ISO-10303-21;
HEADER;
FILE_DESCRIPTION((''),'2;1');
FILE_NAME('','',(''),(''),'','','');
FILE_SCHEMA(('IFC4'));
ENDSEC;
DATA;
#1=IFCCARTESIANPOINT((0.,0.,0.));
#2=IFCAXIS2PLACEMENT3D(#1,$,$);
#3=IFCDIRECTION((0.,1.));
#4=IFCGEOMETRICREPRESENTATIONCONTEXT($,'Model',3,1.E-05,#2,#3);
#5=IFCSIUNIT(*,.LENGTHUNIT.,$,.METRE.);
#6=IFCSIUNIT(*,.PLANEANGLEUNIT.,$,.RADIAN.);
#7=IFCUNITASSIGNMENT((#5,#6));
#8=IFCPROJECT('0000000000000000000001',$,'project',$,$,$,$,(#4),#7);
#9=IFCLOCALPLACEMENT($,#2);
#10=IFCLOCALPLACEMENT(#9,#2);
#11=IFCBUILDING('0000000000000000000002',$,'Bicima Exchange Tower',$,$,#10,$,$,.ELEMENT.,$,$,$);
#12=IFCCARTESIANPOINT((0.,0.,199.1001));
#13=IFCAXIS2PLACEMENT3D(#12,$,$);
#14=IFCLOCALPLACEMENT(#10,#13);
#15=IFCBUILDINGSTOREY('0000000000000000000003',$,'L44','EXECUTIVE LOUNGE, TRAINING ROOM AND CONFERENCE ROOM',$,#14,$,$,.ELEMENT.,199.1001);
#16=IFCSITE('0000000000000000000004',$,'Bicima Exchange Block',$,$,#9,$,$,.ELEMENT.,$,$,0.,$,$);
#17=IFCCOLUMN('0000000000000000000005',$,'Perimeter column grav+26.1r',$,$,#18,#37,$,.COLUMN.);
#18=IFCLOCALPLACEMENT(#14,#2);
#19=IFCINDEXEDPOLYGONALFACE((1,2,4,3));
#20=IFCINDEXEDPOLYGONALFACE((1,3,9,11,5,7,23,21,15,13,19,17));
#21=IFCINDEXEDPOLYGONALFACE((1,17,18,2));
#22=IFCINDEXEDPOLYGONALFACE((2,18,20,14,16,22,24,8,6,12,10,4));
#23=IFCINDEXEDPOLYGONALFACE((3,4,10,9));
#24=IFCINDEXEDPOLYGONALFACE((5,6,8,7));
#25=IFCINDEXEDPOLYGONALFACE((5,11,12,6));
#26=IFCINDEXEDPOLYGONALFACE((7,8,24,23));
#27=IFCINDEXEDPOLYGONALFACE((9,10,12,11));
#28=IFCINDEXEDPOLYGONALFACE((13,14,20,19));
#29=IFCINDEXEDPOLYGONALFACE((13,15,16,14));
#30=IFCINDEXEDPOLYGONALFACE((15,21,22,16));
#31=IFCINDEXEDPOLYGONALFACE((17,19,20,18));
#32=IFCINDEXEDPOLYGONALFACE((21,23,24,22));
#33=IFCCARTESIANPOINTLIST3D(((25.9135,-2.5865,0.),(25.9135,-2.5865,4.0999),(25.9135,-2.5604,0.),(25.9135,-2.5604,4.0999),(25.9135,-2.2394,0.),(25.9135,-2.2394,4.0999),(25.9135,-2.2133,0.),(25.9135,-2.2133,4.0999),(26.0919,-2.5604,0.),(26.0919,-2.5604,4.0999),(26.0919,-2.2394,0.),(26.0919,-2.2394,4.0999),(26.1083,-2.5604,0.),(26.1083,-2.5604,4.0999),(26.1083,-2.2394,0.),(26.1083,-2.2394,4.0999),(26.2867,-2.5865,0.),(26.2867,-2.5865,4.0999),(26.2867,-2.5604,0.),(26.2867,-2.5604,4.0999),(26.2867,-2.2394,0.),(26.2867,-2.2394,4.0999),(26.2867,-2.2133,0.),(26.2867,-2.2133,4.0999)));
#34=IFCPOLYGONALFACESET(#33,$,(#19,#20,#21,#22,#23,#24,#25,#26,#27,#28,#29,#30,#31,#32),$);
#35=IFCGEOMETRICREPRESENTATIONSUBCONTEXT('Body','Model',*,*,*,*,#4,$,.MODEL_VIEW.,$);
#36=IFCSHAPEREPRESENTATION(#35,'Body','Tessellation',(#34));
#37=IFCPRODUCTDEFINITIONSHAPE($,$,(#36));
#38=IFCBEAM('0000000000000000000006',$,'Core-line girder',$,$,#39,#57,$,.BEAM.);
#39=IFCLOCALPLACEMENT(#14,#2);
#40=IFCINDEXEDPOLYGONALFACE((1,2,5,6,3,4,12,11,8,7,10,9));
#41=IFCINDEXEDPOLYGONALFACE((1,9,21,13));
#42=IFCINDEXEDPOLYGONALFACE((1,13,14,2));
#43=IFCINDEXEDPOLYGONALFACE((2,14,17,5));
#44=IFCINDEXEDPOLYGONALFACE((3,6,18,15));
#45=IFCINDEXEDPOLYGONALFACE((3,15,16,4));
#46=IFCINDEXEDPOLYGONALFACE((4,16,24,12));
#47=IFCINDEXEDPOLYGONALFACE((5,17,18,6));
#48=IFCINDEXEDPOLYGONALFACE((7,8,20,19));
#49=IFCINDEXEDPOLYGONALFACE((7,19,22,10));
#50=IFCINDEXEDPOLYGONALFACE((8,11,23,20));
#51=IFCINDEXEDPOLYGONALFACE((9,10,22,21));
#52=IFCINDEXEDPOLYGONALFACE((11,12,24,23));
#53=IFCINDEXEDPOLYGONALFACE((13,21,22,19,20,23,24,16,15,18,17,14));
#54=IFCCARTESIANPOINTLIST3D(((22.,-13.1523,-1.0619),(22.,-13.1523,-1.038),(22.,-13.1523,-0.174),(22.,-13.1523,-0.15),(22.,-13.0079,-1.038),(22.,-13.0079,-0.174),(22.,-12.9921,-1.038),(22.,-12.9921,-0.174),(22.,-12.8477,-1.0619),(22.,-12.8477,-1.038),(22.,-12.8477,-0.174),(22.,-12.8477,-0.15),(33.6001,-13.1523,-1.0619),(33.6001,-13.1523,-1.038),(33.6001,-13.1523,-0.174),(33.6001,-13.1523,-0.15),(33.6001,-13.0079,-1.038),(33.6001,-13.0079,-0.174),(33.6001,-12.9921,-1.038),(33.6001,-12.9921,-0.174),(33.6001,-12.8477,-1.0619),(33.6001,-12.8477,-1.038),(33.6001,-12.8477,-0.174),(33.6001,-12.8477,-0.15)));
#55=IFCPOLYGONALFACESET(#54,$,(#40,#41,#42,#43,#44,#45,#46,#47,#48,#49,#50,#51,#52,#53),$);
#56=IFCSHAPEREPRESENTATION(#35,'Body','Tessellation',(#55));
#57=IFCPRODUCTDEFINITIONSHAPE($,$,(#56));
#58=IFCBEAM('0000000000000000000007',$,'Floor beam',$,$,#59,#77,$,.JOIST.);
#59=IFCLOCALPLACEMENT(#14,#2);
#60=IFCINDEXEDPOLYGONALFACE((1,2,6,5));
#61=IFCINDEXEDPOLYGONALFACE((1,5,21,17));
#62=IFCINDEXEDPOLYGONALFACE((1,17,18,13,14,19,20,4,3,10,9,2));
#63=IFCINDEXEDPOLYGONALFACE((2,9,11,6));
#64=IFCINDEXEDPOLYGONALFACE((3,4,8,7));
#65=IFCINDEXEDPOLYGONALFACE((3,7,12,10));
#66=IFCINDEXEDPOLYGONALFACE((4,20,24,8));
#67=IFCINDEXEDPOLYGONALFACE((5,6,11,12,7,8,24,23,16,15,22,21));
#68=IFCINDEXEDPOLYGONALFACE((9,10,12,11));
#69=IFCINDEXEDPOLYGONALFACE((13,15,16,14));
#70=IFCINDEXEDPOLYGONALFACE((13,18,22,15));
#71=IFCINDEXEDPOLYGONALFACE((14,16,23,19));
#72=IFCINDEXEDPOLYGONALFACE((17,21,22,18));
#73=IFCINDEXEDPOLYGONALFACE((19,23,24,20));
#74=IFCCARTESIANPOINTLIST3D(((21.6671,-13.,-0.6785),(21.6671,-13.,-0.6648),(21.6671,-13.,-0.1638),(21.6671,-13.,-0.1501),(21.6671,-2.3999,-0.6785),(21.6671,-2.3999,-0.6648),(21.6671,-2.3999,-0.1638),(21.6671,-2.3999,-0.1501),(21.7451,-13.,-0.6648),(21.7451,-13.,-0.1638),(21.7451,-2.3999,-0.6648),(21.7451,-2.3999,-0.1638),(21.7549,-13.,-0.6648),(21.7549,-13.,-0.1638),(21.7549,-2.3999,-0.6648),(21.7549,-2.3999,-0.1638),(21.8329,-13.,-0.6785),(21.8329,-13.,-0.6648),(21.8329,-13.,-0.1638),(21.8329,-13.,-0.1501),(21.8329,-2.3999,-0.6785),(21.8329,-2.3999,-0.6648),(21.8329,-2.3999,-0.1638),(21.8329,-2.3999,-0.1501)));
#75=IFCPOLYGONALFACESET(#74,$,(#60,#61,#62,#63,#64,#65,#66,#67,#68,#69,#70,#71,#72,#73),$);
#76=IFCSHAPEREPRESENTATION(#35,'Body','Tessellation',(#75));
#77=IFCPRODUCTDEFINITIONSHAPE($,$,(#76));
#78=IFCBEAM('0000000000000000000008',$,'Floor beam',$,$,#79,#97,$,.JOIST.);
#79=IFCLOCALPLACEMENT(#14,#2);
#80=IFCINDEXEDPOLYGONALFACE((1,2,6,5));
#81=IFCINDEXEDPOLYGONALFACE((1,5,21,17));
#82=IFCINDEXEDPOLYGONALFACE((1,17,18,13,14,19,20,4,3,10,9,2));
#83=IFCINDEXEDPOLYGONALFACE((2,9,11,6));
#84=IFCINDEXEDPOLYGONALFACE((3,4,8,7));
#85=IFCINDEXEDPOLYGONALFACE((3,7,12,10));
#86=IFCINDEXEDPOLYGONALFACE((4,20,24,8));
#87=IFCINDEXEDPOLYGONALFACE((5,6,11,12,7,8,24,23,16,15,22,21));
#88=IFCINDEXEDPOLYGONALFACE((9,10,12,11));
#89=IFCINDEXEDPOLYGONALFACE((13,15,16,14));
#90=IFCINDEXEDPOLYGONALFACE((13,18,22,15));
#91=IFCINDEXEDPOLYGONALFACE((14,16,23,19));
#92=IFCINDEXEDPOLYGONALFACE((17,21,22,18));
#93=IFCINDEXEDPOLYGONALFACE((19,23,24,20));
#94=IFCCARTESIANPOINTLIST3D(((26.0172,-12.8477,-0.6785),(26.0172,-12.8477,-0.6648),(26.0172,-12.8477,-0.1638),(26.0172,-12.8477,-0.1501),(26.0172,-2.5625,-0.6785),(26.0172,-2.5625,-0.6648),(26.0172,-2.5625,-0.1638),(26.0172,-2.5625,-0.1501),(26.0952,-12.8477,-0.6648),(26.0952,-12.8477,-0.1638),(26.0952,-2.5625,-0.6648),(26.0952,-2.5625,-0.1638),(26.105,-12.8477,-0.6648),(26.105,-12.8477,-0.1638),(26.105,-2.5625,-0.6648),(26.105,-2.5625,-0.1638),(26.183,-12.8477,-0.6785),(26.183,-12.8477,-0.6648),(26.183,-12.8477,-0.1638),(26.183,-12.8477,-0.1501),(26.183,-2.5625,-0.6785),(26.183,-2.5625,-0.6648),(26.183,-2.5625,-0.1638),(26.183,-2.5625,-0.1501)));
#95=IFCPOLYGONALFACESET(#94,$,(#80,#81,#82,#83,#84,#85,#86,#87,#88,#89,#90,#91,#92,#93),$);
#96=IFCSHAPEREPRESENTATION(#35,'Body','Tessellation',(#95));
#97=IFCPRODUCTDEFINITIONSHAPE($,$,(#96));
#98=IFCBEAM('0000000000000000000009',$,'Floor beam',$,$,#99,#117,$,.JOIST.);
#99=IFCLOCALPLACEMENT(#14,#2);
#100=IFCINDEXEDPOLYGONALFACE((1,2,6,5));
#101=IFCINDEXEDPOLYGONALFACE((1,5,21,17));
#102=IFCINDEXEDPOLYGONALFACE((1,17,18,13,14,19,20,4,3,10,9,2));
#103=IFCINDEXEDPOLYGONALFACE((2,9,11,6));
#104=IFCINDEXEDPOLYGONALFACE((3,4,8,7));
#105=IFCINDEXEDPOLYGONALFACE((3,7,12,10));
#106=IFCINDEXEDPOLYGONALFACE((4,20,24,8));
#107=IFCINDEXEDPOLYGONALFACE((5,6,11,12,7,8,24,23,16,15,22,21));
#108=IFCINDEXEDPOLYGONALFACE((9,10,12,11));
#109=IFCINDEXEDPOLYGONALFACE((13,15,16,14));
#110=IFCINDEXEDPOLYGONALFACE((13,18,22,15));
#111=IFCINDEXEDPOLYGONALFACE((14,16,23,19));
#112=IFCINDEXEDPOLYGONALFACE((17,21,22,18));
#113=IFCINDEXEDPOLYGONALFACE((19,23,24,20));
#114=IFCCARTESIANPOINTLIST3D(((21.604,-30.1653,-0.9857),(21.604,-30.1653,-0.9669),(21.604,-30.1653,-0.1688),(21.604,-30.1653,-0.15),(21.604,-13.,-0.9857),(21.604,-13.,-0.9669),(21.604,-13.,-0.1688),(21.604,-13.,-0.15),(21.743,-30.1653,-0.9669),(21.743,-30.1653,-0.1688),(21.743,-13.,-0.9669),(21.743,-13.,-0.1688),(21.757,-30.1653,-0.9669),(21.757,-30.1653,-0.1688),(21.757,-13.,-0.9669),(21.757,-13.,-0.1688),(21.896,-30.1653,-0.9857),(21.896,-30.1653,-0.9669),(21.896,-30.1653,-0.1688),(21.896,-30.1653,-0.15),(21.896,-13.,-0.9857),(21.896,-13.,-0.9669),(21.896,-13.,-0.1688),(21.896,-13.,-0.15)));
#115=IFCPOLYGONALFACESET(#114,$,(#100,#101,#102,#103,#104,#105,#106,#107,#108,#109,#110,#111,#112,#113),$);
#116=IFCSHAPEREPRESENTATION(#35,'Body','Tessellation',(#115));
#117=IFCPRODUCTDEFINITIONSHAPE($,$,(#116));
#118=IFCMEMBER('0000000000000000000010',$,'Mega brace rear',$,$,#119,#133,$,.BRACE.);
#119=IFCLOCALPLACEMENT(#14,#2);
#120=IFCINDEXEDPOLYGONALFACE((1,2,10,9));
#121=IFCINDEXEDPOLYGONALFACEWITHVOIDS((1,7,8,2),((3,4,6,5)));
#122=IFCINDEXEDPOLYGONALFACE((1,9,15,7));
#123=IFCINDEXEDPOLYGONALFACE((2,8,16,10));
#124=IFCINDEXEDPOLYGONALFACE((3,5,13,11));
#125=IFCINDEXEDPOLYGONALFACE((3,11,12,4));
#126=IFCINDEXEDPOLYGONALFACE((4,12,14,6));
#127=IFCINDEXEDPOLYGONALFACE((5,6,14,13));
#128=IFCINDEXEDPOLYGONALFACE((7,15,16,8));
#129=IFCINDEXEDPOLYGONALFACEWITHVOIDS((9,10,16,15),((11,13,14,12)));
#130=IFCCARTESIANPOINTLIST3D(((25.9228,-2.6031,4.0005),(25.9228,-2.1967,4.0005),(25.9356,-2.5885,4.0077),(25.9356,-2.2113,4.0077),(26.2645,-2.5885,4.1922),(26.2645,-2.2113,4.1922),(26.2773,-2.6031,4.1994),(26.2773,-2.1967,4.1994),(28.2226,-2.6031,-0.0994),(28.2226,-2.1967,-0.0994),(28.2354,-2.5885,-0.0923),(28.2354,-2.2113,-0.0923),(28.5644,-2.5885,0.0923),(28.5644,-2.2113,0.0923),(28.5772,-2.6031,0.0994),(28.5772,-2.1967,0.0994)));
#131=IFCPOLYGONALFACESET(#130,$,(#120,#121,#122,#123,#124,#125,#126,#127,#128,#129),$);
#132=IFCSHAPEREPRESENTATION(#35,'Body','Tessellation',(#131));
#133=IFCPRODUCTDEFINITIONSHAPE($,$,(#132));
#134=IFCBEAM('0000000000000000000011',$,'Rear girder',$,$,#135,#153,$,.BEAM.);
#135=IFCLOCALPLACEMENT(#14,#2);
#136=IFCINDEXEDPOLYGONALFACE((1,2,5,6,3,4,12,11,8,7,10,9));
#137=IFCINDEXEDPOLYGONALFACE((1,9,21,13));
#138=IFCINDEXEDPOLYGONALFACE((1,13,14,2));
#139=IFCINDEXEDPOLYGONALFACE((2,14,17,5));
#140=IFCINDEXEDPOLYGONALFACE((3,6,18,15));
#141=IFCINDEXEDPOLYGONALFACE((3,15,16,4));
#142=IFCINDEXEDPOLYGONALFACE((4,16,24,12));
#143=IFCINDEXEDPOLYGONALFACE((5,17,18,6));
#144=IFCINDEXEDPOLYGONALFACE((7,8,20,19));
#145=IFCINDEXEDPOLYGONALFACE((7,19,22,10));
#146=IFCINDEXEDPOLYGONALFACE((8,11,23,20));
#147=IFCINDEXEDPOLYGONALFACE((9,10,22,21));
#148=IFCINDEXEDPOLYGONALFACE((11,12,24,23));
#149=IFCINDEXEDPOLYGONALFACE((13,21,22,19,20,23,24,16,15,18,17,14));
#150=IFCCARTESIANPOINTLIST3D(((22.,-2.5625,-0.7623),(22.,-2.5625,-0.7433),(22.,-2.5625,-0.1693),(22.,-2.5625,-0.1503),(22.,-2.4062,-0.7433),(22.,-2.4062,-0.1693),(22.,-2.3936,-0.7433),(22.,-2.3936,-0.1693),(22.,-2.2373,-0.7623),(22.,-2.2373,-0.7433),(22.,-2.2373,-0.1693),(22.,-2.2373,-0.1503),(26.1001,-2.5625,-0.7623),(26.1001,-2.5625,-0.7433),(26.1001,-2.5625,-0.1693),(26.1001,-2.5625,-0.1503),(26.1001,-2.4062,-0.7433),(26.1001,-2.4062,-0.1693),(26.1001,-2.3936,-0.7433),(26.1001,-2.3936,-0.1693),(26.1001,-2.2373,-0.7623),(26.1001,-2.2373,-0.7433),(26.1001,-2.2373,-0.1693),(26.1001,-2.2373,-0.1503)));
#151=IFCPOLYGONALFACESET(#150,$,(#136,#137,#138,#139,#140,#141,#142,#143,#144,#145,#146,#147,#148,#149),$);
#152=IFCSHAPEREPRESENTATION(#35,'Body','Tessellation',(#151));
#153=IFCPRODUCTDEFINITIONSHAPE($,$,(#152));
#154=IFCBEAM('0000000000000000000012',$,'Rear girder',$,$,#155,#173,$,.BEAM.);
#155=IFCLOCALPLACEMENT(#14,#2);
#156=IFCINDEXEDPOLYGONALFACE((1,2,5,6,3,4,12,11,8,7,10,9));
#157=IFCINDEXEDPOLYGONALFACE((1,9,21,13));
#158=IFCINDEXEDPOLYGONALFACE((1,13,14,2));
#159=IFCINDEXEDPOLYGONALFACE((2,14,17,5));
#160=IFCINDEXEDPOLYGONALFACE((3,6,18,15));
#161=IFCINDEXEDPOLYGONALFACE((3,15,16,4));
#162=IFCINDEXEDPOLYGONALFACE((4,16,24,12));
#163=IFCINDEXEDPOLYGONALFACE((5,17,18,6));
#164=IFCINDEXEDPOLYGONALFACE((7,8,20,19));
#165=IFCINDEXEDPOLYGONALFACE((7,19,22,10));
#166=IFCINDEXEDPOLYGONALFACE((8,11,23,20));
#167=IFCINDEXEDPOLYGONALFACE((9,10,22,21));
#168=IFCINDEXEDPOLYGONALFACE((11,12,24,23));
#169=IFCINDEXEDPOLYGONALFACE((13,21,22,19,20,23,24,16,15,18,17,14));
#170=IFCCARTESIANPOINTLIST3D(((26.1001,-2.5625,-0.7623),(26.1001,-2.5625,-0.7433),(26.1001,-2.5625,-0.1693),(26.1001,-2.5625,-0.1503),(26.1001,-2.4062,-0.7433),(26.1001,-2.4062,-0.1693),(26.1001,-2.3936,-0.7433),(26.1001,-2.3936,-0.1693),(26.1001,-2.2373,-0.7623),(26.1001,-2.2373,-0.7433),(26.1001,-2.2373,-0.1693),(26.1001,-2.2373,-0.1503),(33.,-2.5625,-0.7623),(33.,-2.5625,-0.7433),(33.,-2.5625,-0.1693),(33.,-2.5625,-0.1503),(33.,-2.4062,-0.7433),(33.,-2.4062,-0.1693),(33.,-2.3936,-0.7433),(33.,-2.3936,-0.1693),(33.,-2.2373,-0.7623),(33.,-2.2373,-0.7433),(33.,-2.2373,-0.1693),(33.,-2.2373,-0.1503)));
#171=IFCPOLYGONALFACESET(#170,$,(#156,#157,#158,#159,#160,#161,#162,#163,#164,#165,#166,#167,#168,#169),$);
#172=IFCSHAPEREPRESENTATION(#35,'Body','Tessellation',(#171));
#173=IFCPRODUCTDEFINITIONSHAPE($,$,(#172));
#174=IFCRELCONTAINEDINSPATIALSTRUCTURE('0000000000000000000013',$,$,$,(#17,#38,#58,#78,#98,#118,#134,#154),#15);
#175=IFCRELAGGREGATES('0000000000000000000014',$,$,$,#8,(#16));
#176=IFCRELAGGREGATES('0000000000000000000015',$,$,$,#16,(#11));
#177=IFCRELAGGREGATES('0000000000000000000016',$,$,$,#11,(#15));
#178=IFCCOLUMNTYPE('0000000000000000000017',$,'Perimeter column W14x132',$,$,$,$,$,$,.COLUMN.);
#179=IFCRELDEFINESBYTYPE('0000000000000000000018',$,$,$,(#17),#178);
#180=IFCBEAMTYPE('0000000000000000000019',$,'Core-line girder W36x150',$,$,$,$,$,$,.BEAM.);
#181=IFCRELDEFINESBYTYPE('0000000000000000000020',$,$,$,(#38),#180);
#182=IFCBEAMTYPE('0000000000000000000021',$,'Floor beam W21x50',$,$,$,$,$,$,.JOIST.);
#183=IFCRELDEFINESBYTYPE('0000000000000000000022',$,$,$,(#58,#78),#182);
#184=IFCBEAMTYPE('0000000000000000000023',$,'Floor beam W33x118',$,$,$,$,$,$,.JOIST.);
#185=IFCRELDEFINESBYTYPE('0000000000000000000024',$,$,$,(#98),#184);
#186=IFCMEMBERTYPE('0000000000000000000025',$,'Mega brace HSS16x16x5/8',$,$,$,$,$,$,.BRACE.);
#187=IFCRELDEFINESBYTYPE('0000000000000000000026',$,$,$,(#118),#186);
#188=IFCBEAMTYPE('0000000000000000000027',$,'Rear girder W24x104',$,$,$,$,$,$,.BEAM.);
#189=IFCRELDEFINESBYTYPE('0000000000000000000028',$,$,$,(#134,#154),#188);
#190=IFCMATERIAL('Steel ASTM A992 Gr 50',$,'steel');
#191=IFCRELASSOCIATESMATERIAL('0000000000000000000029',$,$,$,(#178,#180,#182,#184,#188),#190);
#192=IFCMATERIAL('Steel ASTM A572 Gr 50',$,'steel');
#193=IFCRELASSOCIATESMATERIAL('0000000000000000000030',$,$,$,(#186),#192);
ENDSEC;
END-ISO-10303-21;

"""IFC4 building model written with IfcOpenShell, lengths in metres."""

from ifc_helpers import new_model, si_unit, direction, frame, origin, origin_2d, place, context, subcontext, project, spatial, hollow_rectangle, i_section, extrude, material, material_profile, profile_set, type_object, element, save


model = new_model("IFC4")

# Units and contexts
model_context = context("Model", 3, precision=1e-05, world=origin(), true_north=direction((0.0, 1.0)))
body_context = subcontext(model_context, "Body", "Model", "MODEL_VIEW")
ifc_project = project(units=[si_unit("LENGTHUNIT", "METRE"), si_unit("PLANEANGLEUNIT", "RADIAN")], contexts=[model_context])

# Site, building, storey
site_placement = place(None, origin())
site = spatial("IfcSite", under=ifc_project, at=site_placement, Name="Bicima Exchange Block", CompositionType="ELEMENT", RefElevation=0.0)
building_placement = place(site_placement, origin())
building = spatial("IfcBuilding", under=site, at=building_placement, Name="Bicima Exchange Tower", CompositionType="ELEMENT")
storey_placement = place(building_placement, frame((0.0, 0.0, 199.1001)))
storey = spatial("IfcBuildingStorey", under=building, at=storey_placement, Name="L44", Description="EXECUTIVE LOUNGE, TRAINING ROOM AND CONFERENCE ROOM", CompositionType="ELEMENT", Elevation=199.1001)

# Column
ifc_material_1 = material(Name="Steel ASTM A992 Gr 50", Category="steel")
ifc_material_profile_1 = material_profile(ifc_material_1, i_section(OverallWidth=0.3733, OverallDepth=0.3733, WebThickness=0.0164, FlangeThickness=0.0261, at=origin_2d()))
ifc_profile_set_1 = profile_set([ifc_material_profile_1], Name="Steel ASTM A992 Gr 50")
column_type = type_object("IfcColumnType", Name="Perimeter column W14x132", PredefinedType="COLUMN", material=ifc_profile_set_1)
column_placement = place(storey_placement, frame((26.1001, -2.3999, 0.0), z_axis=(0.0, 0.0, 1.0), x_axis=(1.0, 0.0, 0.0)))
element("IfcColumn", 1, at=column_placement, inside=storey, type_object=column_type, Name="Perimeter column grav+26.1r", PredefinedType="COLUMN", context=body_context, shape_type="SweptSolid", body=[
    extrude(i_section(OverallWidth=0.3733, OverallDepth=0.3733, WebThickness=0.0164, FlangeThickness=0.0261, at=origin_2d()), origin(), (0.0, 0.0, 1.0), 4.0999),
])

# Beams
ifc_material_profile_2 = material_profile(ifc_material_1, i_section(OverallWidth=0.3047, OverallDepth=0.9119, WebThickness=0.0159, FlangeThickness=0.0239, at=origin_2d()))
ifc_profile_set_2 = profile_set([ifc_material_profile_2], Name="Steel ASTM A992 Gr 50")
beam_type_1 = type_object("IfcBeamType", Name="Core-line girder W36x150", PredefinedType="BEAM", material=ifc_profile_set_2)
beam_1_placement = place(storey_placement, frame((22.0, -13.0, -0.606), z_axis=(1.0, 0.0, 0.0), x_axis=(0.0, 1.0, 0.0)))
element("IfcBeam", 2, at=beam_1_placement, inside=storey, type_object=beam_type_1, Name="Core-line girder", PredefinedType="BEAM", context=body_context, shape_type="SweptSolid", body=[
    extrude(i_section(OverallWidth=0.3047, OverallDepth=0.9119, WebThickness=0.0159, FlangeThickness=0.0239, at=origin_2d()), origin(), (0.0, 0.0, 1.0), 11.6001),
])
ifc_material_profile_3 = material_profile(ifc_material_1, i_section(OverallWidth=0.1658, OverallDepth=0.5283, WebThickness=0.0098, FlangeThickness=0.0137, at=origin_2d()))
ifc_profile_set_3 = profile_set([ifc_material_profile_3], Name="Steel ASTM A992 Gr 50")
beam_type_2 = type_object("IfcBeamType", Name="Floor beam W21x50", PredefinedType="JOIST", material=ifc_profile_set_3)
beam_2_placement = place(storey_placement, frame((21.75, -2.3999, -0.4143), z_axis=(0.0, -1.0, 0.0), x_axis=(1.0, 0.0, 0.0)))
element("IfcBeam", 3, at=beam_2_placement, inside=storey, type_object=beam_type_2, Name="Floor beam", PredefinedType="JOIST", context=body_context, shape_type="SweptSolid", body=[
    extrude(i_section(OverallWidth=0.1658, OverallDepth=0.5283, WebThickness=0.0098, FlangeThickness=0.0137, at=origin_2d()), origin(), (0.0, 0.0, 1.0), 10.6001),
])
beam_3_placement = place(storey_placement, frame((26.1001, -2.5625, -0.4143), z_axis=(0.0, -1.0, 0.0), x_axis=(1.0, 0.0, 0.0)))
element("IfcBeam", 4, at=beam_3_placement, inside=storey, type_object=beam_type_2, Name="Floor beam", PredefinedType="JOIST", context=body_context, shape_type="SweptSolid", body=[
    extrude(i_section(OverallWidth=0.1658, OverallDepth=0.5283, WebThickness=0.0098, FlangeThickness=0.0137, at=origin_2d()), origin(), (0.0, 0.0, 1.0), 10.2852),
])
ifc_material_profile_4 = material_profile(ifc_material_1, i_section(OverallWidth=0.292, OverallDepth=0.8357, WebThickness=0.0139, FlangeThickness=0.0188, at=origin_2d()))
ifc_profile_set_4 = profile_set([ifc_material_profile_4], Name="Steel ASTM A992 Gr 50")
beam_type_3 = type_object("IfcBeamType", Name="Floor beam W33x118", PredefinedType="JOIST", material=ifc_profile_set_4)
beam_4_placement = place(storey_placement, frame((21.75, -13.0, -0.5679), z_axis=(0.0, -1.0, 0.0), x_axis=(1.0, 0.0, 0.0)))
element("IfcBeam", 5, at=beam_4_placement, inside=storey, type_object=beam_type_3, Name="Floor beam", PredefinedType="JOIST", context=body_context, shape_type="SweptSolid", body=[
    extrude(i_section(OverallWidth=0.292, OverallDepth=0.8357, WebThickness=0.0139, FlangeThickness=0.0188, at=origin_2d()), origin(), (0.0, 0.0, 1.0), 17.1653),
])

# Member
ifc_material_2 = material(Name="Steel ASTM A572 Gr 50", Category="steel")
ifc_material_profile_5 = material_profile(ifc_material_2, hollow_rectangle(XDim=0.4065, YDim=0.4065, WallThickness=0.0146, at=origin_2d()))
ifc_profile_set_5 = profile_set([ifc_material_profile_5], Name="Steel ASTM A572 Gr 50")
member_type = type_object("IfcMemberType", Name="Mega brace HSS16x16x5/8", PredefinedType="BRACE", material=ifc_profile_set_5)
member_placement = place(storey_placement, frame((28.3999, -2.3999, 0.0), z_axis=(-0.489233, 0.0, 0.872153), x_axis=(0.0, -1.0, 0.0)))
element("IfcMember", 6, at=member_placement, inside=storey, type_object=member_type, Name="Mega brace rear", PredefinedType="BRACE", context=body_context, shape_type="SweptSolid", body=[
    extrude(hollow_rectangle(XDim=0.4065, YDim=0.4065, WallThickness=0.0146, at=origin_2d()), origin(), (0.0, 0.0, 1.0), 4.7009),
])

# Beams
ifc_material_profile_6 = material_profile(ifc_material_1, i_section(OverallWidth=0.3252, OverallDepth=0.6121, WebThickness=0.0127, FlangeThickness=0.019, at=origin_2d()))
ifc_profile_set_6 = profile_set([ifc_material_profile_6], Name="Steel ASTM A992 Gr 50")
beam_type_4 = type_object("IfcBeamType", Name="Rear girder W24x104", PredefinedType="BEAM", material=ifc_profile_set_6)
beam_5_placement = place(storey_placement, frame((22.0, -2.3999, -0.4563), z_axis=(1.0, 0.0, 0.0), x_axis=(0.0, 1.0, 0.0)))
element("IfcBeam", 7, at=beam_5_placement, inside=storey, type_object=beam_type_4, Name="Rear girder", PredefinedType="BEAM", context=body_context, shape_type="SweptSolid", body=[
    extrude(i_section(OverallWidth=0.3252, OverallDepth=0.6121, WebThickness=0.0127, FlangeThickness=0.019, at=origin_2d()), origin(), (0.0, 0.0, 1.0), 4.1001),
])
beam_6_placement = place(storey_placement, frame((26.1001, -2.3999, -0.4563), z_axis=(1.0, 0.0, 0.0), x_axis=(0.0, 1.0, 0.0)))
element("IfcBeam", 8, at=beam_6_placement, inside=storey, type_object=beam_type_4, Name="Rear girder", PredefinedType="BEAM", context=body_context, shape_type="SweptSolid", body=[
    extrude(i_section(OverallWidth=0.3252, OverallDepth=0.6121, WebThickness=0.0127, FlangeThickness=0.019, at=origin_2d()), origin(), (0.0, 0.0, 1.0), 6.8999),
])

save(model, "model.ifc")
